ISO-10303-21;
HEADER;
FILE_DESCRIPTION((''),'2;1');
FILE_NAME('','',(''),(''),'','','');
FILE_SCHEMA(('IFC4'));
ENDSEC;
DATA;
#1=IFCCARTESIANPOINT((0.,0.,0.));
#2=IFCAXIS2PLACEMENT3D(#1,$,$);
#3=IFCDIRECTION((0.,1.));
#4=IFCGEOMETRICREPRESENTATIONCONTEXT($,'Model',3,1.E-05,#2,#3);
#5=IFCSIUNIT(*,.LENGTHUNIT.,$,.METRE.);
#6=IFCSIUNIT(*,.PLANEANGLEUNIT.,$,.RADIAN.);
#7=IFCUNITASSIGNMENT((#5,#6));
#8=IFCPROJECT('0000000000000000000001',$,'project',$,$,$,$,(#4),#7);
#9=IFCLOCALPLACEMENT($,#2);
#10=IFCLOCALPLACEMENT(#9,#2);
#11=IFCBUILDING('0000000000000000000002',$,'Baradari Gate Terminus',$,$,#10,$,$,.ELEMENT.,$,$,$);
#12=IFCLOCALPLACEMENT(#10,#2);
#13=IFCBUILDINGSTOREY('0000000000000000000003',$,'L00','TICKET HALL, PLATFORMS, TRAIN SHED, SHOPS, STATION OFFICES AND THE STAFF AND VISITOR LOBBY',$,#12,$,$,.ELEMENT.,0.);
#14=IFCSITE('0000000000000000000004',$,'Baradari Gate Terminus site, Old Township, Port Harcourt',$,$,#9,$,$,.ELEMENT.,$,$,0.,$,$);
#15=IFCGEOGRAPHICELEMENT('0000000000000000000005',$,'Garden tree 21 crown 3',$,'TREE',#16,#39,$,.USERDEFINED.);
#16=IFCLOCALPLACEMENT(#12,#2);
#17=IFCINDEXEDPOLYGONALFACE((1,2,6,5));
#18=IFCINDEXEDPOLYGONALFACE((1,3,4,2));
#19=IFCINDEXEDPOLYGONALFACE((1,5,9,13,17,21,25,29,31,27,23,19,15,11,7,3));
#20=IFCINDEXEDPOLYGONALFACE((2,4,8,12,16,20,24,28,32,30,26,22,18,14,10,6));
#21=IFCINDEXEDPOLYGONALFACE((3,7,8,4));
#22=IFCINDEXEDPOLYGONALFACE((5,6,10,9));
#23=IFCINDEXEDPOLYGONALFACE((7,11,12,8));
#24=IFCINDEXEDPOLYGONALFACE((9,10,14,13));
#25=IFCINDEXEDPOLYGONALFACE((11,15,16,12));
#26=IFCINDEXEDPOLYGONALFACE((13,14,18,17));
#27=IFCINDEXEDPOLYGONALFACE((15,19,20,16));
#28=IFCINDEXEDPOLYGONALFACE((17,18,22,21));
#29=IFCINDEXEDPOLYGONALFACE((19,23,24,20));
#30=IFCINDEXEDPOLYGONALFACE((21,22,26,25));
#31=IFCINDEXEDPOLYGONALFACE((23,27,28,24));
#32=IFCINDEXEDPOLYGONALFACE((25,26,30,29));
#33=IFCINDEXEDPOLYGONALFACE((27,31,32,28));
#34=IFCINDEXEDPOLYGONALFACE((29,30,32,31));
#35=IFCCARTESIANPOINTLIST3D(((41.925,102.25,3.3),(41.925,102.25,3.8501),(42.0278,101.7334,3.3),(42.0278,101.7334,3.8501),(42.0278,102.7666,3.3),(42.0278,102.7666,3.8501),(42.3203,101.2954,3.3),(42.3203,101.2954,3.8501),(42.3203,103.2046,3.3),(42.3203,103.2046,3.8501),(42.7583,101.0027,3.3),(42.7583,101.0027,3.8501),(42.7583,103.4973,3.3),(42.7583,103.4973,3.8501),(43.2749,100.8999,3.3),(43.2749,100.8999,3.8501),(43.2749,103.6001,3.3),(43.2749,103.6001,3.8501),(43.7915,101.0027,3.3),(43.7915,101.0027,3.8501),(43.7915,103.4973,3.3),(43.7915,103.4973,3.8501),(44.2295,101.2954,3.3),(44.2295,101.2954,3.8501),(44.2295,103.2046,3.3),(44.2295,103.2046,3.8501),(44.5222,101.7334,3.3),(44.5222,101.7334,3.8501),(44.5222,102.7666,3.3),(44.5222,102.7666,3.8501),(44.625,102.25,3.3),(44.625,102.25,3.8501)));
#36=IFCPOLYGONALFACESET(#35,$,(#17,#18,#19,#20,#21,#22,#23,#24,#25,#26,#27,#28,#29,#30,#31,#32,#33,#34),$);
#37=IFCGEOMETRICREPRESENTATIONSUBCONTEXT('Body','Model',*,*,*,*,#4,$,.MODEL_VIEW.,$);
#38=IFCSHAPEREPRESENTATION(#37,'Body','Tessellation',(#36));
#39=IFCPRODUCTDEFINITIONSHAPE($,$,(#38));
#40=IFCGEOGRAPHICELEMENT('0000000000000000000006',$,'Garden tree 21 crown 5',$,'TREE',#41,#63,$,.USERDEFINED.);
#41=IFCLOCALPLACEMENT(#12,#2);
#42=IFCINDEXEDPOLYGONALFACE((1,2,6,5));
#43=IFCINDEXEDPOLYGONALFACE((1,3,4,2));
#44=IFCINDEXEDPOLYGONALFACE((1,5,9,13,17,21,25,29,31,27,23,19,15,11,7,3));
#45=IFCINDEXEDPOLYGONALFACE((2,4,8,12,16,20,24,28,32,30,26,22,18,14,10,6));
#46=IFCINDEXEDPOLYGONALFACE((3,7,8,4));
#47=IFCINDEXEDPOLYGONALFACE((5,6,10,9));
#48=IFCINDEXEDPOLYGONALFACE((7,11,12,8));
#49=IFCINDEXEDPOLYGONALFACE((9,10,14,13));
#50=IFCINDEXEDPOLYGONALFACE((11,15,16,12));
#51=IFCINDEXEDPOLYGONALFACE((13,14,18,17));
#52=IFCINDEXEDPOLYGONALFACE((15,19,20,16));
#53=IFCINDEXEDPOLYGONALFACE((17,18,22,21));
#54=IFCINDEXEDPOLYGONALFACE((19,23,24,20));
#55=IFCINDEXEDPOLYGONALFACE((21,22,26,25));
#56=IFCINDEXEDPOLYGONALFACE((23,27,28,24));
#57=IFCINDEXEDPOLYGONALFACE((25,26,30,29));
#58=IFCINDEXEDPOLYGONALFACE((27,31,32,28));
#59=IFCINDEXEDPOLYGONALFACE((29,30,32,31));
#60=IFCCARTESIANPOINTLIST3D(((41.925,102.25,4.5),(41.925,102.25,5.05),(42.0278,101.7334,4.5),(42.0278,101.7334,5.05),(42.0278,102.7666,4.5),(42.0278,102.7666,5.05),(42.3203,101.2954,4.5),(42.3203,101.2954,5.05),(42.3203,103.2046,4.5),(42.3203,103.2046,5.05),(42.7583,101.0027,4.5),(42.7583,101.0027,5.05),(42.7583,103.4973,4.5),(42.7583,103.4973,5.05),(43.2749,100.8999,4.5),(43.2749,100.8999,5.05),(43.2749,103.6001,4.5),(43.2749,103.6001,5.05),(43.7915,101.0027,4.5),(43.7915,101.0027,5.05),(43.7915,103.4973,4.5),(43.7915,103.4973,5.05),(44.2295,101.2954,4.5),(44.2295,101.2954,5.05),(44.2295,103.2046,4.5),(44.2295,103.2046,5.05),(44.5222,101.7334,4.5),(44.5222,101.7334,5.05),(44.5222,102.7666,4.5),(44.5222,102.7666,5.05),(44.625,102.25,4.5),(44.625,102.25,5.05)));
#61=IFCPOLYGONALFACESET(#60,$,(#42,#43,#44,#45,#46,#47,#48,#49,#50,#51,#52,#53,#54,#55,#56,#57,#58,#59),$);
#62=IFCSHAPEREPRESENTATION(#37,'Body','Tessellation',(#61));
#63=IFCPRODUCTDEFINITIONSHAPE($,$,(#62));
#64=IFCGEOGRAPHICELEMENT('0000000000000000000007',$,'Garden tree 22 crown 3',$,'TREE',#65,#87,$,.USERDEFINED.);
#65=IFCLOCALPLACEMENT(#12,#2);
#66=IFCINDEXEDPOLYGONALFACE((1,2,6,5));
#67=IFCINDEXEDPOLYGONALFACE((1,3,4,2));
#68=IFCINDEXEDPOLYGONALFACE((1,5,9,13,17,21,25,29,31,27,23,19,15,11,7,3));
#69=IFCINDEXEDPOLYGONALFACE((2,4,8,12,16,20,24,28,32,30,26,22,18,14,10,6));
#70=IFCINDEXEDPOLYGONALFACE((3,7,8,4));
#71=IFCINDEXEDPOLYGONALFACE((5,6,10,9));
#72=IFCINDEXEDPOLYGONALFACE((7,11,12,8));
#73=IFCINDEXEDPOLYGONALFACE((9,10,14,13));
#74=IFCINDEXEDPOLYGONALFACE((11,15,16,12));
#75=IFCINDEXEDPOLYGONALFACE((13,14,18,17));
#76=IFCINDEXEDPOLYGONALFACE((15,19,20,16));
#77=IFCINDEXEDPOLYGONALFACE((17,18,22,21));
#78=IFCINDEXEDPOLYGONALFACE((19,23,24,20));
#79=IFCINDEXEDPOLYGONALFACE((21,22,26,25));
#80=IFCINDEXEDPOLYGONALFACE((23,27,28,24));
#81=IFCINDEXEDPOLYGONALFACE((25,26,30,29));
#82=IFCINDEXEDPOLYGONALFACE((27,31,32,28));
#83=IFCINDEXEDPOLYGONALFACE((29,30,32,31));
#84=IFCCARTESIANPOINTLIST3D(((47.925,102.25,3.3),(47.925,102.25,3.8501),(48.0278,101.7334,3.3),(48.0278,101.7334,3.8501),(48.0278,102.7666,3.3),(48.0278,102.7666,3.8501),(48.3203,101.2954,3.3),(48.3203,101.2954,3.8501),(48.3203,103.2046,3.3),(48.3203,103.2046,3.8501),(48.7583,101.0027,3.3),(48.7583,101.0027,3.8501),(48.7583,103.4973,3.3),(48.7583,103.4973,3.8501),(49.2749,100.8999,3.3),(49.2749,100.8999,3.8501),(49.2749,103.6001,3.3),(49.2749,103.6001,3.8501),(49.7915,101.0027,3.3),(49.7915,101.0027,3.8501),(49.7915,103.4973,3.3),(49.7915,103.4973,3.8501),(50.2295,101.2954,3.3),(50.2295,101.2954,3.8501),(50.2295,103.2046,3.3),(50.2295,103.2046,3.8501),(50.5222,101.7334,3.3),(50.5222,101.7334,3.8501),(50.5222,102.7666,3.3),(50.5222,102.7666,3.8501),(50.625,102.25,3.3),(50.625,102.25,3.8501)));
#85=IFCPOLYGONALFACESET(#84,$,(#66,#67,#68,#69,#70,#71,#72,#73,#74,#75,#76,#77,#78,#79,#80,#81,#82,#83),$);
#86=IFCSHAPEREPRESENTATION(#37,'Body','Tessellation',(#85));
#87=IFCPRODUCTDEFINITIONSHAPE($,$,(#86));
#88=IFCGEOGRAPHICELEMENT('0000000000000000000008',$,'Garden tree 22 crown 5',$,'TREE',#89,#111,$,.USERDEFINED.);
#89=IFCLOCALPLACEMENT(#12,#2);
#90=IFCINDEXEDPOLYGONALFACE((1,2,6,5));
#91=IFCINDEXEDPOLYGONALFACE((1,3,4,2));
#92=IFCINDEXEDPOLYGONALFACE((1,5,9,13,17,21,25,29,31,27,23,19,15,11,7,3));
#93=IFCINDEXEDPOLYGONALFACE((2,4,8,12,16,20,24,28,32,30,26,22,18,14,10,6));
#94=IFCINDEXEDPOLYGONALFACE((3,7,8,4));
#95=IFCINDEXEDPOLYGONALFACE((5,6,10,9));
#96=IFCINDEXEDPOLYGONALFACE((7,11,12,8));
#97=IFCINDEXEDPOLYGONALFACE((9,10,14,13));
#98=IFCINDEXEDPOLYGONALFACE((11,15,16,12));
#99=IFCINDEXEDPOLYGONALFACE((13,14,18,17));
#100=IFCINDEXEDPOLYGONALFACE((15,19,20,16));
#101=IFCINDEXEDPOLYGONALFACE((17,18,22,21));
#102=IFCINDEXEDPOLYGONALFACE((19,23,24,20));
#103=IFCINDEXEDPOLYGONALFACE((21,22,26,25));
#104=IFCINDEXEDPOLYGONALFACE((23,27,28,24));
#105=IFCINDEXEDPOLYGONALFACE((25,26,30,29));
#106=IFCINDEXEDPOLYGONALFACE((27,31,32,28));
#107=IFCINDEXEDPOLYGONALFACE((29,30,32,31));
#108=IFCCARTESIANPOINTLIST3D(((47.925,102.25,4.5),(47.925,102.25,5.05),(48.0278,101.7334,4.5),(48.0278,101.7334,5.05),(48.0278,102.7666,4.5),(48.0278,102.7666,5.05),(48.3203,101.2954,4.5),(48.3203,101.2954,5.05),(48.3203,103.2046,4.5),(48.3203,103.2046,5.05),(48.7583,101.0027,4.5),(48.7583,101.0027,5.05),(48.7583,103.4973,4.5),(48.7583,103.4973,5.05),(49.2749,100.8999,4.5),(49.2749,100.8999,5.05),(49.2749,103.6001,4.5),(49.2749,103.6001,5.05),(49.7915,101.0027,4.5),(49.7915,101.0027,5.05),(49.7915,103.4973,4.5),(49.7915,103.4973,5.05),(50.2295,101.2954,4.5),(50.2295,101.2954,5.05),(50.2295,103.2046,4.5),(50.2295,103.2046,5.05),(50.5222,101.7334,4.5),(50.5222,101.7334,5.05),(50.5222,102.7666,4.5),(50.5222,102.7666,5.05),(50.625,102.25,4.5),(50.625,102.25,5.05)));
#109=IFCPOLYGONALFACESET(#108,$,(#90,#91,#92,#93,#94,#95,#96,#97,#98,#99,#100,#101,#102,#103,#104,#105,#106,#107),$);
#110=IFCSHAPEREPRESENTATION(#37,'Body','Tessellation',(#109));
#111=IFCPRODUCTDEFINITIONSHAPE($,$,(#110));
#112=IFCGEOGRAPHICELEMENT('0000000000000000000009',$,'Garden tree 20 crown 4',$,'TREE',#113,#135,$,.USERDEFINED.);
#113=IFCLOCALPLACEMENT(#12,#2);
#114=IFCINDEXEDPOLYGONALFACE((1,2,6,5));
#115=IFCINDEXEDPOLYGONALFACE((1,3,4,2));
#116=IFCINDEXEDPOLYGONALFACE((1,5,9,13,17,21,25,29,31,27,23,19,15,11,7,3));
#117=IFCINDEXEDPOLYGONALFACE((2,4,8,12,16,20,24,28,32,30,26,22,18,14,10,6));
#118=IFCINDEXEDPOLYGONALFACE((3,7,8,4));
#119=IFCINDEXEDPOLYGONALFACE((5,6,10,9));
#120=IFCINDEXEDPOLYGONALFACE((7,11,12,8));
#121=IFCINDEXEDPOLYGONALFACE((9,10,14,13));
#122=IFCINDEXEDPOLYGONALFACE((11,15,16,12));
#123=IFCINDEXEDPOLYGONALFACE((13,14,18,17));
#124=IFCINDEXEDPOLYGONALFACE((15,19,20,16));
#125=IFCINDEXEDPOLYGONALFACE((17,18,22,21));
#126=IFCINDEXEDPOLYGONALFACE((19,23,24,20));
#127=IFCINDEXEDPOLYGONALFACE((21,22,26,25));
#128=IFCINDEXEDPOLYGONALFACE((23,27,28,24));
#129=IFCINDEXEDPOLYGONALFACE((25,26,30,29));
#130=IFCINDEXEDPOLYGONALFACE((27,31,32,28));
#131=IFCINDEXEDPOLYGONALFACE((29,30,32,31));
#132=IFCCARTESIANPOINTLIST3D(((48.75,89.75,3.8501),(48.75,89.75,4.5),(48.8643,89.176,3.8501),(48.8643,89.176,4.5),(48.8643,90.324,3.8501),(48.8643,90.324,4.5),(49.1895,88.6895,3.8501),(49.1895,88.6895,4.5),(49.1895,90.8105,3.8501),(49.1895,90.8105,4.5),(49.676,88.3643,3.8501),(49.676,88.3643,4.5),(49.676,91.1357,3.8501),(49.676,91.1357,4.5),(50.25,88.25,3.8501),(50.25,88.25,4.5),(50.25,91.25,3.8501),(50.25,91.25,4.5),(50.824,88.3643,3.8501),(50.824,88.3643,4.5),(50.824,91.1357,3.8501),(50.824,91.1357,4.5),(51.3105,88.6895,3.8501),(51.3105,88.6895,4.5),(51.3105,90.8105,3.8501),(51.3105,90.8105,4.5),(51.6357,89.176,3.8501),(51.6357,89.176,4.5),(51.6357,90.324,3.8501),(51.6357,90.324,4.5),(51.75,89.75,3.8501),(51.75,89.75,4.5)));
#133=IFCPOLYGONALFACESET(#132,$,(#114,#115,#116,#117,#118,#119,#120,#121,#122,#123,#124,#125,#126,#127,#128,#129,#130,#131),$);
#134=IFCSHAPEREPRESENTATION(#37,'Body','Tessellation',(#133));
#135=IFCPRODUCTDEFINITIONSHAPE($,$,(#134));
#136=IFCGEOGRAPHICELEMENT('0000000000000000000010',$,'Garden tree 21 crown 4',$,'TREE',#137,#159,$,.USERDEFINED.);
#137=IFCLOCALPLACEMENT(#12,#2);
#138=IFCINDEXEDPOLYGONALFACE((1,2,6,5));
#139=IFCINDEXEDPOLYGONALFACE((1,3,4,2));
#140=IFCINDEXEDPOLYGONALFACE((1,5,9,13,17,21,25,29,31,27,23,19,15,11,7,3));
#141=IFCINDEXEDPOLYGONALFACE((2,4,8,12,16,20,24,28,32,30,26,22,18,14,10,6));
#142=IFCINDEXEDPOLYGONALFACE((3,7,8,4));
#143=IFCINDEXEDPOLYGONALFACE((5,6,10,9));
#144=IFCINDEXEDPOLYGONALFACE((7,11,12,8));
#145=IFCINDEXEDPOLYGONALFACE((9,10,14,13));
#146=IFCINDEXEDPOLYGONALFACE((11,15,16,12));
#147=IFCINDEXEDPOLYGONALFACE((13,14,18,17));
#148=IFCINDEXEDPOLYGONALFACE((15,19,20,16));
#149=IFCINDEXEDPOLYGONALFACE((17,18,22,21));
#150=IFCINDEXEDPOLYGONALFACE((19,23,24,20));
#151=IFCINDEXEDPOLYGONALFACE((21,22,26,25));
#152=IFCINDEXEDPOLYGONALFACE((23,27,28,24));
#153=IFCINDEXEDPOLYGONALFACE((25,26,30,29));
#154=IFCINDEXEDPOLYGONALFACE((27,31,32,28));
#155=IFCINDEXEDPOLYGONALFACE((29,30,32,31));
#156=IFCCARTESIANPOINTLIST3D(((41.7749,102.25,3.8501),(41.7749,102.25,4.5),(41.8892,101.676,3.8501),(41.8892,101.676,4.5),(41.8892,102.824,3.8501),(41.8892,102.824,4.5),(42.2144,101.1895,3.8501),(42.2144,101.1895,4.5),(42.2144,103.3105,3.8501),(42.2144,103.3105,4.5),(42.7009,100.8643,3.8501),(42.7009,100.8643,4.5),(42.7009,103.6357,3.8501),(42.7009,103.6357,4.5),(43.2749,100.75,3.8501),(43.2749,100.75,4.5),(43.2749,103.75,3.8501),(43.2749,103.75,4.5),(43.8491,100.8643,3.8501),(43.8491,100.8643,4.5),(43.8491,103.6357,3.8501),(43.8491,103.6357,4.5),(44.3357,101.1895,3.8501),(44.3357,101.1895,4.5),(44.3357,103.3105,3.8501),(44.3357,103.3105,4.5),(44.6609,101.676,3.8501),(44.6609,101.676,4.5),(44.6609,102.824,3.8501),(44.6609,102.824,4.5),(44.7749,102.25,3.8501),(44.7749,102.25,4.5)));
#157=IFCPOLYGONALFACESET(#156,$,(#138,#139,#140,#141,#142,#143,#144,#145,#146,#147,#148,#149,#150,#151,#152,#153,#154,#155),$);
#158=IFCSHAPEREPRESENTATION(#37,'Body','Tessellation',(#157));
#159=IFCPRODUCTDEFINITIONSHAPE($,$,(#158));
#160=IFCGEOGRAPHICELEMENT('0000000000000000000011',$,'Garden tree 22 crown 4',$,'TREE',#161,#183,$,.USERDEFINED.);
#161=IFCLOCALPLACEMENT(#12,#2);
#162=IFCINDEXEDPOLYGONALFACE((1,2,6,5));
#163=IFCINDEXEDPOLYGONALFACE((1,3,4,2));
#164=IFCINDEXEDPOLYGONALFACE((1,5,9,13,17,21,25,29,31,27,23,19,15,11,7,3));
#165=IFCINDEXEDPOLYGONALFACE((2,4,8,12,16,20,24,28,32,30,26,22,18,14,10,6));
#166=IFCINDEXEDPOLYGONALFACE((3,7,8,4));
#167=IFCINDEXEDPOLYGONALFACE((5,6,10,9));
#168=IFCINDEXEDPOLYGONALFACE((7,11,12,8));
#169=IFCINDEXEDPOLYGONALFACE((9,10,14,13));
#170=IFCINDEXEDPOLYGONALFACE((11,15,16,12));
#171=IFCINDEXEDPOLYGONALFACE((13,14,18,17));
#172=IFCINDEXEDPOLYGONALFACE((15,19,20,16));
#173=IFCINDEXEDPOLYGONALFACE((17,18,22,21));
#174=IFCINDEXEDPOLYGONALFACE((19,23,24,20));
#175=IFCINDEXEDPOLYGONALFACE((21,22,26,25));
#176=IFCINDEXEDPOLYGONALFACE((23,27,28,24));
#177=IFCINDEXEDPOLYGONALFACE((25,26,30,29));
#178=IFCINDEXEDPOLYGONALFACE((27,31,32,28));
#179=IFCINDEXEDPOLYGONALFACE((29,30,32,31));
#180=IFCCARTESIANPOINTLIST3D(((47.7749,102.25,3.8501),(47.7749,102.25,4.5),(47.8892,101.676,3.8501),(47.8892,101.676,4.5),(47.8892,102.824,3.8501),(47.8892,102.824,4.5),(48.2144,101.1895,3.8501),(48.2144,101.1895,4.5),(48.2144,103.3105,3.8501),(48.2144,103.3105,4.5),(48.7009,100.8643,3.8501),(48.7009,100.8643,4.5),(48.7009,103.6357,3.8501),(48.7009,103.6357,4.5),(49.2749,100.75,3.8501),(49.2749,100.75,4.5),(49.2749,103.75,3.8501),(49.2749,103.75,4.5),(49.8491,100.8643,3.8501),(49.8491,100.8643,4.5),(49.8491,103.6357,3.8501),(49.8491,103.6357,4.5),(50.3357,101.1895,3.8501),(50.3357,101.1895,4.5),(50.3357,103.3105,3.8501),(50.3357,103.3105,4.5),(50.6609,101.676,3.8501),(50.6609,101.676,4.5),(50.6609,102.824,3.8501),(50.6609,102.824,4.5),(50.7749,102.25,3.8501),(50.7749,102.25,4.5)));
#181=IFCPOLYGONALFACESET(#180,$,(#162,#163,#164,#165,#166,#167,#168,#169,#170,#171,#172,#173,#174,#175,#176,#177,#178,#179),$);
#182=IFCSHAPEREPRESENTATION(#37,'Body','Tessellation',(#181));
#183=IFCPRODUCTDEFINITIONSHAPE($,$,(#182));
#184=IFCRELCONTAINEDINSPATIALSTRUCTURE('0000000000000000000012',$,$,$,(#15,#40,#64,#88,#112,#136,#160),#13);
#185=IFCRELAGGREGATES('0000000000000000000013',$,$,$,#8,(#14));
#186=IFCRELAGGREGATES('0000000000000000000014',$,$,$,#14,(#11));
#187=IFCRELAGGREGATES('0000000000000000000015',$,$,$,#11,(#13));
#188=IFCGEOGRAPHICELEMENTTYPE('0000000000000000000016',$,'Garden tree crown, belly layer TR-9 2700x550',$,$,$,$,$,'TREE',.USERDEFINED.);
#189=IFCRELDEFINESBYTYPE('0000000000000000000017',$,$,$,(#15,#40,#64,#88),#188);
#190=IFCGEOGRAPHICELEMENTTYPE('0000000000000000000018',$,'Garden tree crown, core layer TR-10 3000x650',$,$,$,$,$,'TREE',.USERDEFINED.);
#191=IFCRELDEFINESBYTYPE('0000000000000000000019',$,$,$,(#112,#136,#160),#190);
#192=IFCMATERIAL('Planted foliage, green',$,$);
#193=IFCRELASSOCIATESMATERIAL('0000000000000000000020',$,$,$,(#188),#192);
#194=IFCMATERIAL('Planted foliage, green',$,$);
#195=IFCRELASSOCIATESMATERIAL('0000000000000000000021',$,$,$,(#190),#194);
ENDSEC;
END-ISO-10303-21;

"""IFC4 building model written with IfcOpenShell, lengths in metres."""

from ifc_helpers import new_model, si_unit, direction, frame, origin, place, context, subcontext, project, spatial, polyline, outline, extrude, material, type_object, element, save


model = new_model("IFC4")

# Units and contexts
model_context = context("Model", 3, precision=1e-05, world=origin(), true_north=direction((0.0, 1.0)))
body_context = subcontext(model_context, "Body", "Model", "MODEL_VIEW")
ifc_project = project(units=[si_unit("LENGTHUNIT", "METRE"), si_unit("PLANEANGLEUNIT", "RADIAN")], contexts=[model_context])

# Site, building, storey
site_placement = place(None, origin())
site = spatial("IfcSite", under=ifc_project, at=site_placement, Name="Baradari Gate Terminus site, Old Township, Port Harcourt", CompositionType="ELEMENT", RefElevation=0.0)
building_placement = place(site_placement, origin())
building = spatial("IfcBuilding", under=site, at=building_placement, Name="Baradari Gate Terminus", CompositionType="ELEMENT")
storey_placement = place(building_placement, origin())
storey = spatial("IfcBuildingStorey", under=building, at=storey_placement, Name="L00", Description="TICKET HALL, PLATFORMS, TRAIN SHED, SHOPS, STATION OFFICES AND THE STAFF AND VISITOR LOBBY", CompositionType="ELEMENT", Elevation=0.0)

# Geographic elements
ifc_material_1 = material(Name="Planted foliage, green")
geographic_element_type_1 = type_object("IfcGeographicElementType", Name="Garden tree crown, belly layer TR-9 2700x550", ElementType="TREE", PredefinedType="USERDEFINED", material=ifc_material_1)
for number, where, name in (
    (1, (0.0, 0.0, 3.3), "Garden tree 21 crown 3"),
    (2, (0.0, 0.0, 4.5), "Garden tree 21 crown 5"),
):
    element("IfcGeographicElement", number, at=place(storey_placement, frame(where)), inside=storey, type_object=geographic_element_type_1, Name=name, ObjectType="TREE", PredefinedType="USERDEFINED", context=body_context, shape_type="SweptSolid", body=[
        extrude(outline(polyline([(44.625, 102.25), (44.5222, 102.7666), (44.2295, 103.2046), (43.7915, 103.4973), (43.2749, 103.6001), (42.7583, 103.4973), (42.3203, 103.2046), (42.0278, 102.7666), (41.925, 102.25), (42.0278, 101.7334), (42.3203, 101.2954), (42.7583, 101.0027), (43.2749, 100.8999), (43.7915, 101.0027), (44.2295, 101.2954), (44.5222, 101.7334), (44.625, 102.25)])), origin(), (0.0, 0.0, 1.0), 0.55),
    ])
for number, where, name in (
    (3, (0.0, 0.0, 3.3), "Garden tree 22 crown 3"),
    (4, (0.0, 0.0, 4.5), "Garden tree 22 crown 5"),
):
    element("IfcGeographicElement", number, at=place(storey_placement, frame(where)), inside=storey, type_object=geographic_element_type_1, Name=name, ObjectType="TREE", PredefinedType="USERDEFINED", context=body_context, shape_type="SweptSolid", body=[
        extrude(outline(polyline([(50.625, 102.25), (50.5222, 102.7666), (50.2295, 103.2046), (49.7915, 103.4973), (49.2749, 103.6001), (48.7583, 103.4973), (48.3203, 103.2046), (48.0278, 102.7666), (47.925, 102.25), (48.0278, 101.7334), (48.3203, 101.2954), (48.7583, 101.0027), (49.2749, 100.8999), (49.7915, 101.0027), (50.2295, 101.2954), (50.5222, 101.7334), (50.625, 102.25)])), origin(), (0.0, 0.0, 1.0), 0.55),
    ])
ifc_material_2 = material(Name="Planted foliage, green")
geographic_element_type_2 = type_object("IfcGeographicElementType", Name="Garden tree crown, core layer TR-10 3000x650", ElementType="TREE", PredefinedType="USERDEFINED", material=ifc_material_2)
geographic_element_1_placement = place(storey_placement, frame((0.0, 0.0, 3.8501)))
element("IfcGeographicElement", 5, at=geographic_element_1_placement, inside=storey, type_object=geographic_element_type_2, Name="Garden tree 20 crown 4", ObjectType="TREE", PredefinedType="USERDEFINED", context=body_context, shape_type="SweptSolid", body=[
    extrude(outline(polyline([(51.75, 89.75), (51.6357, 90.324), (51.3105, 90.8105), (50.824, 91.1357), (50.25, 91.25), (49.676, 91.1357), (49.1895, 90.8105), (48.8643, 90.324), (48.75, 89.75), (48.8643, 89.176), (49.1895, 88.6895), (49.676, 88.3643), (50.25, 88.25), (50.824, 88.3643), (51.3105, 88.6895), (51.6357, 89.176), (51.75, 89.75)])), origin(), (0.0, 0.0, 1.0), 0.6499),
])
geographic_element_2_placement = place(storey_placement, frame((0.0, 0.0, 3.8501)))
element("IfcGeographicElement", 6, at=geographic_element_2_placement, inside=storey, type_object=geographic_element_type_2, Name="Garden tree 21 crown 4", ObjectType="TREE", PredefinedType="USERDEFINED", context=body_context, shape_type="SweptSolid", body=[
    extrude(outline(polyline([(44.7749, 102.25), (44.6609, 102.824), (44.3357, 103.3105), (43.8491, 103.6357), (43.2749, 103.75), (42.7009, 103.6357), (42.2144, 103.3105), (41.8892, 102.824), (41.7749, 102.25), (41.8892, 101.676), (42.2144, 101.1895), (42.7009, 100.8643), (43.2749, 100.75), (43.8491, 100.8643), (44.3357, 101.1895), (44.6609, 101.676), (44.7749, 102.25)])), origin(), (0.0, 0.0, 1.0), 0.6499),
])
geographic_element_3_placement = place(storey_placement, frame((0.0, 0.0, 3.8501)))
element("IfcGeographicElement", 7, at=geographic_element_3_placement, inside=storey, type_object=geographic_element_type_2, Name="Garden tree 22 crown 4", ObjectType="TREE", PredefinedType="USERDEFINED", context=body_context, shape_type="SweptSolid", body=[
    extrude(outline(polyline([(50.7749, 102.25), (50.6609, 102.824), (50.3357, 103.3105), (49.8491, 103.6357), (49.2749, 103.75), (48.7009, 103.6357), (48.2144, 103.3105), (47.8892, 102.824), (47.7749, 102.25), (47.8892, 101.676), (48.2144, 101.1895), (48.7009, 100.8643), (49.2749, 100.75), (49.8491, 100.8643), (50.3357, 101.1895), (50.6609, 101.676), (50.7749, 102.25)])), origin(), (0.0, 0.0, 1.0), 0.6499),
])

save(model, "model.ifc")
